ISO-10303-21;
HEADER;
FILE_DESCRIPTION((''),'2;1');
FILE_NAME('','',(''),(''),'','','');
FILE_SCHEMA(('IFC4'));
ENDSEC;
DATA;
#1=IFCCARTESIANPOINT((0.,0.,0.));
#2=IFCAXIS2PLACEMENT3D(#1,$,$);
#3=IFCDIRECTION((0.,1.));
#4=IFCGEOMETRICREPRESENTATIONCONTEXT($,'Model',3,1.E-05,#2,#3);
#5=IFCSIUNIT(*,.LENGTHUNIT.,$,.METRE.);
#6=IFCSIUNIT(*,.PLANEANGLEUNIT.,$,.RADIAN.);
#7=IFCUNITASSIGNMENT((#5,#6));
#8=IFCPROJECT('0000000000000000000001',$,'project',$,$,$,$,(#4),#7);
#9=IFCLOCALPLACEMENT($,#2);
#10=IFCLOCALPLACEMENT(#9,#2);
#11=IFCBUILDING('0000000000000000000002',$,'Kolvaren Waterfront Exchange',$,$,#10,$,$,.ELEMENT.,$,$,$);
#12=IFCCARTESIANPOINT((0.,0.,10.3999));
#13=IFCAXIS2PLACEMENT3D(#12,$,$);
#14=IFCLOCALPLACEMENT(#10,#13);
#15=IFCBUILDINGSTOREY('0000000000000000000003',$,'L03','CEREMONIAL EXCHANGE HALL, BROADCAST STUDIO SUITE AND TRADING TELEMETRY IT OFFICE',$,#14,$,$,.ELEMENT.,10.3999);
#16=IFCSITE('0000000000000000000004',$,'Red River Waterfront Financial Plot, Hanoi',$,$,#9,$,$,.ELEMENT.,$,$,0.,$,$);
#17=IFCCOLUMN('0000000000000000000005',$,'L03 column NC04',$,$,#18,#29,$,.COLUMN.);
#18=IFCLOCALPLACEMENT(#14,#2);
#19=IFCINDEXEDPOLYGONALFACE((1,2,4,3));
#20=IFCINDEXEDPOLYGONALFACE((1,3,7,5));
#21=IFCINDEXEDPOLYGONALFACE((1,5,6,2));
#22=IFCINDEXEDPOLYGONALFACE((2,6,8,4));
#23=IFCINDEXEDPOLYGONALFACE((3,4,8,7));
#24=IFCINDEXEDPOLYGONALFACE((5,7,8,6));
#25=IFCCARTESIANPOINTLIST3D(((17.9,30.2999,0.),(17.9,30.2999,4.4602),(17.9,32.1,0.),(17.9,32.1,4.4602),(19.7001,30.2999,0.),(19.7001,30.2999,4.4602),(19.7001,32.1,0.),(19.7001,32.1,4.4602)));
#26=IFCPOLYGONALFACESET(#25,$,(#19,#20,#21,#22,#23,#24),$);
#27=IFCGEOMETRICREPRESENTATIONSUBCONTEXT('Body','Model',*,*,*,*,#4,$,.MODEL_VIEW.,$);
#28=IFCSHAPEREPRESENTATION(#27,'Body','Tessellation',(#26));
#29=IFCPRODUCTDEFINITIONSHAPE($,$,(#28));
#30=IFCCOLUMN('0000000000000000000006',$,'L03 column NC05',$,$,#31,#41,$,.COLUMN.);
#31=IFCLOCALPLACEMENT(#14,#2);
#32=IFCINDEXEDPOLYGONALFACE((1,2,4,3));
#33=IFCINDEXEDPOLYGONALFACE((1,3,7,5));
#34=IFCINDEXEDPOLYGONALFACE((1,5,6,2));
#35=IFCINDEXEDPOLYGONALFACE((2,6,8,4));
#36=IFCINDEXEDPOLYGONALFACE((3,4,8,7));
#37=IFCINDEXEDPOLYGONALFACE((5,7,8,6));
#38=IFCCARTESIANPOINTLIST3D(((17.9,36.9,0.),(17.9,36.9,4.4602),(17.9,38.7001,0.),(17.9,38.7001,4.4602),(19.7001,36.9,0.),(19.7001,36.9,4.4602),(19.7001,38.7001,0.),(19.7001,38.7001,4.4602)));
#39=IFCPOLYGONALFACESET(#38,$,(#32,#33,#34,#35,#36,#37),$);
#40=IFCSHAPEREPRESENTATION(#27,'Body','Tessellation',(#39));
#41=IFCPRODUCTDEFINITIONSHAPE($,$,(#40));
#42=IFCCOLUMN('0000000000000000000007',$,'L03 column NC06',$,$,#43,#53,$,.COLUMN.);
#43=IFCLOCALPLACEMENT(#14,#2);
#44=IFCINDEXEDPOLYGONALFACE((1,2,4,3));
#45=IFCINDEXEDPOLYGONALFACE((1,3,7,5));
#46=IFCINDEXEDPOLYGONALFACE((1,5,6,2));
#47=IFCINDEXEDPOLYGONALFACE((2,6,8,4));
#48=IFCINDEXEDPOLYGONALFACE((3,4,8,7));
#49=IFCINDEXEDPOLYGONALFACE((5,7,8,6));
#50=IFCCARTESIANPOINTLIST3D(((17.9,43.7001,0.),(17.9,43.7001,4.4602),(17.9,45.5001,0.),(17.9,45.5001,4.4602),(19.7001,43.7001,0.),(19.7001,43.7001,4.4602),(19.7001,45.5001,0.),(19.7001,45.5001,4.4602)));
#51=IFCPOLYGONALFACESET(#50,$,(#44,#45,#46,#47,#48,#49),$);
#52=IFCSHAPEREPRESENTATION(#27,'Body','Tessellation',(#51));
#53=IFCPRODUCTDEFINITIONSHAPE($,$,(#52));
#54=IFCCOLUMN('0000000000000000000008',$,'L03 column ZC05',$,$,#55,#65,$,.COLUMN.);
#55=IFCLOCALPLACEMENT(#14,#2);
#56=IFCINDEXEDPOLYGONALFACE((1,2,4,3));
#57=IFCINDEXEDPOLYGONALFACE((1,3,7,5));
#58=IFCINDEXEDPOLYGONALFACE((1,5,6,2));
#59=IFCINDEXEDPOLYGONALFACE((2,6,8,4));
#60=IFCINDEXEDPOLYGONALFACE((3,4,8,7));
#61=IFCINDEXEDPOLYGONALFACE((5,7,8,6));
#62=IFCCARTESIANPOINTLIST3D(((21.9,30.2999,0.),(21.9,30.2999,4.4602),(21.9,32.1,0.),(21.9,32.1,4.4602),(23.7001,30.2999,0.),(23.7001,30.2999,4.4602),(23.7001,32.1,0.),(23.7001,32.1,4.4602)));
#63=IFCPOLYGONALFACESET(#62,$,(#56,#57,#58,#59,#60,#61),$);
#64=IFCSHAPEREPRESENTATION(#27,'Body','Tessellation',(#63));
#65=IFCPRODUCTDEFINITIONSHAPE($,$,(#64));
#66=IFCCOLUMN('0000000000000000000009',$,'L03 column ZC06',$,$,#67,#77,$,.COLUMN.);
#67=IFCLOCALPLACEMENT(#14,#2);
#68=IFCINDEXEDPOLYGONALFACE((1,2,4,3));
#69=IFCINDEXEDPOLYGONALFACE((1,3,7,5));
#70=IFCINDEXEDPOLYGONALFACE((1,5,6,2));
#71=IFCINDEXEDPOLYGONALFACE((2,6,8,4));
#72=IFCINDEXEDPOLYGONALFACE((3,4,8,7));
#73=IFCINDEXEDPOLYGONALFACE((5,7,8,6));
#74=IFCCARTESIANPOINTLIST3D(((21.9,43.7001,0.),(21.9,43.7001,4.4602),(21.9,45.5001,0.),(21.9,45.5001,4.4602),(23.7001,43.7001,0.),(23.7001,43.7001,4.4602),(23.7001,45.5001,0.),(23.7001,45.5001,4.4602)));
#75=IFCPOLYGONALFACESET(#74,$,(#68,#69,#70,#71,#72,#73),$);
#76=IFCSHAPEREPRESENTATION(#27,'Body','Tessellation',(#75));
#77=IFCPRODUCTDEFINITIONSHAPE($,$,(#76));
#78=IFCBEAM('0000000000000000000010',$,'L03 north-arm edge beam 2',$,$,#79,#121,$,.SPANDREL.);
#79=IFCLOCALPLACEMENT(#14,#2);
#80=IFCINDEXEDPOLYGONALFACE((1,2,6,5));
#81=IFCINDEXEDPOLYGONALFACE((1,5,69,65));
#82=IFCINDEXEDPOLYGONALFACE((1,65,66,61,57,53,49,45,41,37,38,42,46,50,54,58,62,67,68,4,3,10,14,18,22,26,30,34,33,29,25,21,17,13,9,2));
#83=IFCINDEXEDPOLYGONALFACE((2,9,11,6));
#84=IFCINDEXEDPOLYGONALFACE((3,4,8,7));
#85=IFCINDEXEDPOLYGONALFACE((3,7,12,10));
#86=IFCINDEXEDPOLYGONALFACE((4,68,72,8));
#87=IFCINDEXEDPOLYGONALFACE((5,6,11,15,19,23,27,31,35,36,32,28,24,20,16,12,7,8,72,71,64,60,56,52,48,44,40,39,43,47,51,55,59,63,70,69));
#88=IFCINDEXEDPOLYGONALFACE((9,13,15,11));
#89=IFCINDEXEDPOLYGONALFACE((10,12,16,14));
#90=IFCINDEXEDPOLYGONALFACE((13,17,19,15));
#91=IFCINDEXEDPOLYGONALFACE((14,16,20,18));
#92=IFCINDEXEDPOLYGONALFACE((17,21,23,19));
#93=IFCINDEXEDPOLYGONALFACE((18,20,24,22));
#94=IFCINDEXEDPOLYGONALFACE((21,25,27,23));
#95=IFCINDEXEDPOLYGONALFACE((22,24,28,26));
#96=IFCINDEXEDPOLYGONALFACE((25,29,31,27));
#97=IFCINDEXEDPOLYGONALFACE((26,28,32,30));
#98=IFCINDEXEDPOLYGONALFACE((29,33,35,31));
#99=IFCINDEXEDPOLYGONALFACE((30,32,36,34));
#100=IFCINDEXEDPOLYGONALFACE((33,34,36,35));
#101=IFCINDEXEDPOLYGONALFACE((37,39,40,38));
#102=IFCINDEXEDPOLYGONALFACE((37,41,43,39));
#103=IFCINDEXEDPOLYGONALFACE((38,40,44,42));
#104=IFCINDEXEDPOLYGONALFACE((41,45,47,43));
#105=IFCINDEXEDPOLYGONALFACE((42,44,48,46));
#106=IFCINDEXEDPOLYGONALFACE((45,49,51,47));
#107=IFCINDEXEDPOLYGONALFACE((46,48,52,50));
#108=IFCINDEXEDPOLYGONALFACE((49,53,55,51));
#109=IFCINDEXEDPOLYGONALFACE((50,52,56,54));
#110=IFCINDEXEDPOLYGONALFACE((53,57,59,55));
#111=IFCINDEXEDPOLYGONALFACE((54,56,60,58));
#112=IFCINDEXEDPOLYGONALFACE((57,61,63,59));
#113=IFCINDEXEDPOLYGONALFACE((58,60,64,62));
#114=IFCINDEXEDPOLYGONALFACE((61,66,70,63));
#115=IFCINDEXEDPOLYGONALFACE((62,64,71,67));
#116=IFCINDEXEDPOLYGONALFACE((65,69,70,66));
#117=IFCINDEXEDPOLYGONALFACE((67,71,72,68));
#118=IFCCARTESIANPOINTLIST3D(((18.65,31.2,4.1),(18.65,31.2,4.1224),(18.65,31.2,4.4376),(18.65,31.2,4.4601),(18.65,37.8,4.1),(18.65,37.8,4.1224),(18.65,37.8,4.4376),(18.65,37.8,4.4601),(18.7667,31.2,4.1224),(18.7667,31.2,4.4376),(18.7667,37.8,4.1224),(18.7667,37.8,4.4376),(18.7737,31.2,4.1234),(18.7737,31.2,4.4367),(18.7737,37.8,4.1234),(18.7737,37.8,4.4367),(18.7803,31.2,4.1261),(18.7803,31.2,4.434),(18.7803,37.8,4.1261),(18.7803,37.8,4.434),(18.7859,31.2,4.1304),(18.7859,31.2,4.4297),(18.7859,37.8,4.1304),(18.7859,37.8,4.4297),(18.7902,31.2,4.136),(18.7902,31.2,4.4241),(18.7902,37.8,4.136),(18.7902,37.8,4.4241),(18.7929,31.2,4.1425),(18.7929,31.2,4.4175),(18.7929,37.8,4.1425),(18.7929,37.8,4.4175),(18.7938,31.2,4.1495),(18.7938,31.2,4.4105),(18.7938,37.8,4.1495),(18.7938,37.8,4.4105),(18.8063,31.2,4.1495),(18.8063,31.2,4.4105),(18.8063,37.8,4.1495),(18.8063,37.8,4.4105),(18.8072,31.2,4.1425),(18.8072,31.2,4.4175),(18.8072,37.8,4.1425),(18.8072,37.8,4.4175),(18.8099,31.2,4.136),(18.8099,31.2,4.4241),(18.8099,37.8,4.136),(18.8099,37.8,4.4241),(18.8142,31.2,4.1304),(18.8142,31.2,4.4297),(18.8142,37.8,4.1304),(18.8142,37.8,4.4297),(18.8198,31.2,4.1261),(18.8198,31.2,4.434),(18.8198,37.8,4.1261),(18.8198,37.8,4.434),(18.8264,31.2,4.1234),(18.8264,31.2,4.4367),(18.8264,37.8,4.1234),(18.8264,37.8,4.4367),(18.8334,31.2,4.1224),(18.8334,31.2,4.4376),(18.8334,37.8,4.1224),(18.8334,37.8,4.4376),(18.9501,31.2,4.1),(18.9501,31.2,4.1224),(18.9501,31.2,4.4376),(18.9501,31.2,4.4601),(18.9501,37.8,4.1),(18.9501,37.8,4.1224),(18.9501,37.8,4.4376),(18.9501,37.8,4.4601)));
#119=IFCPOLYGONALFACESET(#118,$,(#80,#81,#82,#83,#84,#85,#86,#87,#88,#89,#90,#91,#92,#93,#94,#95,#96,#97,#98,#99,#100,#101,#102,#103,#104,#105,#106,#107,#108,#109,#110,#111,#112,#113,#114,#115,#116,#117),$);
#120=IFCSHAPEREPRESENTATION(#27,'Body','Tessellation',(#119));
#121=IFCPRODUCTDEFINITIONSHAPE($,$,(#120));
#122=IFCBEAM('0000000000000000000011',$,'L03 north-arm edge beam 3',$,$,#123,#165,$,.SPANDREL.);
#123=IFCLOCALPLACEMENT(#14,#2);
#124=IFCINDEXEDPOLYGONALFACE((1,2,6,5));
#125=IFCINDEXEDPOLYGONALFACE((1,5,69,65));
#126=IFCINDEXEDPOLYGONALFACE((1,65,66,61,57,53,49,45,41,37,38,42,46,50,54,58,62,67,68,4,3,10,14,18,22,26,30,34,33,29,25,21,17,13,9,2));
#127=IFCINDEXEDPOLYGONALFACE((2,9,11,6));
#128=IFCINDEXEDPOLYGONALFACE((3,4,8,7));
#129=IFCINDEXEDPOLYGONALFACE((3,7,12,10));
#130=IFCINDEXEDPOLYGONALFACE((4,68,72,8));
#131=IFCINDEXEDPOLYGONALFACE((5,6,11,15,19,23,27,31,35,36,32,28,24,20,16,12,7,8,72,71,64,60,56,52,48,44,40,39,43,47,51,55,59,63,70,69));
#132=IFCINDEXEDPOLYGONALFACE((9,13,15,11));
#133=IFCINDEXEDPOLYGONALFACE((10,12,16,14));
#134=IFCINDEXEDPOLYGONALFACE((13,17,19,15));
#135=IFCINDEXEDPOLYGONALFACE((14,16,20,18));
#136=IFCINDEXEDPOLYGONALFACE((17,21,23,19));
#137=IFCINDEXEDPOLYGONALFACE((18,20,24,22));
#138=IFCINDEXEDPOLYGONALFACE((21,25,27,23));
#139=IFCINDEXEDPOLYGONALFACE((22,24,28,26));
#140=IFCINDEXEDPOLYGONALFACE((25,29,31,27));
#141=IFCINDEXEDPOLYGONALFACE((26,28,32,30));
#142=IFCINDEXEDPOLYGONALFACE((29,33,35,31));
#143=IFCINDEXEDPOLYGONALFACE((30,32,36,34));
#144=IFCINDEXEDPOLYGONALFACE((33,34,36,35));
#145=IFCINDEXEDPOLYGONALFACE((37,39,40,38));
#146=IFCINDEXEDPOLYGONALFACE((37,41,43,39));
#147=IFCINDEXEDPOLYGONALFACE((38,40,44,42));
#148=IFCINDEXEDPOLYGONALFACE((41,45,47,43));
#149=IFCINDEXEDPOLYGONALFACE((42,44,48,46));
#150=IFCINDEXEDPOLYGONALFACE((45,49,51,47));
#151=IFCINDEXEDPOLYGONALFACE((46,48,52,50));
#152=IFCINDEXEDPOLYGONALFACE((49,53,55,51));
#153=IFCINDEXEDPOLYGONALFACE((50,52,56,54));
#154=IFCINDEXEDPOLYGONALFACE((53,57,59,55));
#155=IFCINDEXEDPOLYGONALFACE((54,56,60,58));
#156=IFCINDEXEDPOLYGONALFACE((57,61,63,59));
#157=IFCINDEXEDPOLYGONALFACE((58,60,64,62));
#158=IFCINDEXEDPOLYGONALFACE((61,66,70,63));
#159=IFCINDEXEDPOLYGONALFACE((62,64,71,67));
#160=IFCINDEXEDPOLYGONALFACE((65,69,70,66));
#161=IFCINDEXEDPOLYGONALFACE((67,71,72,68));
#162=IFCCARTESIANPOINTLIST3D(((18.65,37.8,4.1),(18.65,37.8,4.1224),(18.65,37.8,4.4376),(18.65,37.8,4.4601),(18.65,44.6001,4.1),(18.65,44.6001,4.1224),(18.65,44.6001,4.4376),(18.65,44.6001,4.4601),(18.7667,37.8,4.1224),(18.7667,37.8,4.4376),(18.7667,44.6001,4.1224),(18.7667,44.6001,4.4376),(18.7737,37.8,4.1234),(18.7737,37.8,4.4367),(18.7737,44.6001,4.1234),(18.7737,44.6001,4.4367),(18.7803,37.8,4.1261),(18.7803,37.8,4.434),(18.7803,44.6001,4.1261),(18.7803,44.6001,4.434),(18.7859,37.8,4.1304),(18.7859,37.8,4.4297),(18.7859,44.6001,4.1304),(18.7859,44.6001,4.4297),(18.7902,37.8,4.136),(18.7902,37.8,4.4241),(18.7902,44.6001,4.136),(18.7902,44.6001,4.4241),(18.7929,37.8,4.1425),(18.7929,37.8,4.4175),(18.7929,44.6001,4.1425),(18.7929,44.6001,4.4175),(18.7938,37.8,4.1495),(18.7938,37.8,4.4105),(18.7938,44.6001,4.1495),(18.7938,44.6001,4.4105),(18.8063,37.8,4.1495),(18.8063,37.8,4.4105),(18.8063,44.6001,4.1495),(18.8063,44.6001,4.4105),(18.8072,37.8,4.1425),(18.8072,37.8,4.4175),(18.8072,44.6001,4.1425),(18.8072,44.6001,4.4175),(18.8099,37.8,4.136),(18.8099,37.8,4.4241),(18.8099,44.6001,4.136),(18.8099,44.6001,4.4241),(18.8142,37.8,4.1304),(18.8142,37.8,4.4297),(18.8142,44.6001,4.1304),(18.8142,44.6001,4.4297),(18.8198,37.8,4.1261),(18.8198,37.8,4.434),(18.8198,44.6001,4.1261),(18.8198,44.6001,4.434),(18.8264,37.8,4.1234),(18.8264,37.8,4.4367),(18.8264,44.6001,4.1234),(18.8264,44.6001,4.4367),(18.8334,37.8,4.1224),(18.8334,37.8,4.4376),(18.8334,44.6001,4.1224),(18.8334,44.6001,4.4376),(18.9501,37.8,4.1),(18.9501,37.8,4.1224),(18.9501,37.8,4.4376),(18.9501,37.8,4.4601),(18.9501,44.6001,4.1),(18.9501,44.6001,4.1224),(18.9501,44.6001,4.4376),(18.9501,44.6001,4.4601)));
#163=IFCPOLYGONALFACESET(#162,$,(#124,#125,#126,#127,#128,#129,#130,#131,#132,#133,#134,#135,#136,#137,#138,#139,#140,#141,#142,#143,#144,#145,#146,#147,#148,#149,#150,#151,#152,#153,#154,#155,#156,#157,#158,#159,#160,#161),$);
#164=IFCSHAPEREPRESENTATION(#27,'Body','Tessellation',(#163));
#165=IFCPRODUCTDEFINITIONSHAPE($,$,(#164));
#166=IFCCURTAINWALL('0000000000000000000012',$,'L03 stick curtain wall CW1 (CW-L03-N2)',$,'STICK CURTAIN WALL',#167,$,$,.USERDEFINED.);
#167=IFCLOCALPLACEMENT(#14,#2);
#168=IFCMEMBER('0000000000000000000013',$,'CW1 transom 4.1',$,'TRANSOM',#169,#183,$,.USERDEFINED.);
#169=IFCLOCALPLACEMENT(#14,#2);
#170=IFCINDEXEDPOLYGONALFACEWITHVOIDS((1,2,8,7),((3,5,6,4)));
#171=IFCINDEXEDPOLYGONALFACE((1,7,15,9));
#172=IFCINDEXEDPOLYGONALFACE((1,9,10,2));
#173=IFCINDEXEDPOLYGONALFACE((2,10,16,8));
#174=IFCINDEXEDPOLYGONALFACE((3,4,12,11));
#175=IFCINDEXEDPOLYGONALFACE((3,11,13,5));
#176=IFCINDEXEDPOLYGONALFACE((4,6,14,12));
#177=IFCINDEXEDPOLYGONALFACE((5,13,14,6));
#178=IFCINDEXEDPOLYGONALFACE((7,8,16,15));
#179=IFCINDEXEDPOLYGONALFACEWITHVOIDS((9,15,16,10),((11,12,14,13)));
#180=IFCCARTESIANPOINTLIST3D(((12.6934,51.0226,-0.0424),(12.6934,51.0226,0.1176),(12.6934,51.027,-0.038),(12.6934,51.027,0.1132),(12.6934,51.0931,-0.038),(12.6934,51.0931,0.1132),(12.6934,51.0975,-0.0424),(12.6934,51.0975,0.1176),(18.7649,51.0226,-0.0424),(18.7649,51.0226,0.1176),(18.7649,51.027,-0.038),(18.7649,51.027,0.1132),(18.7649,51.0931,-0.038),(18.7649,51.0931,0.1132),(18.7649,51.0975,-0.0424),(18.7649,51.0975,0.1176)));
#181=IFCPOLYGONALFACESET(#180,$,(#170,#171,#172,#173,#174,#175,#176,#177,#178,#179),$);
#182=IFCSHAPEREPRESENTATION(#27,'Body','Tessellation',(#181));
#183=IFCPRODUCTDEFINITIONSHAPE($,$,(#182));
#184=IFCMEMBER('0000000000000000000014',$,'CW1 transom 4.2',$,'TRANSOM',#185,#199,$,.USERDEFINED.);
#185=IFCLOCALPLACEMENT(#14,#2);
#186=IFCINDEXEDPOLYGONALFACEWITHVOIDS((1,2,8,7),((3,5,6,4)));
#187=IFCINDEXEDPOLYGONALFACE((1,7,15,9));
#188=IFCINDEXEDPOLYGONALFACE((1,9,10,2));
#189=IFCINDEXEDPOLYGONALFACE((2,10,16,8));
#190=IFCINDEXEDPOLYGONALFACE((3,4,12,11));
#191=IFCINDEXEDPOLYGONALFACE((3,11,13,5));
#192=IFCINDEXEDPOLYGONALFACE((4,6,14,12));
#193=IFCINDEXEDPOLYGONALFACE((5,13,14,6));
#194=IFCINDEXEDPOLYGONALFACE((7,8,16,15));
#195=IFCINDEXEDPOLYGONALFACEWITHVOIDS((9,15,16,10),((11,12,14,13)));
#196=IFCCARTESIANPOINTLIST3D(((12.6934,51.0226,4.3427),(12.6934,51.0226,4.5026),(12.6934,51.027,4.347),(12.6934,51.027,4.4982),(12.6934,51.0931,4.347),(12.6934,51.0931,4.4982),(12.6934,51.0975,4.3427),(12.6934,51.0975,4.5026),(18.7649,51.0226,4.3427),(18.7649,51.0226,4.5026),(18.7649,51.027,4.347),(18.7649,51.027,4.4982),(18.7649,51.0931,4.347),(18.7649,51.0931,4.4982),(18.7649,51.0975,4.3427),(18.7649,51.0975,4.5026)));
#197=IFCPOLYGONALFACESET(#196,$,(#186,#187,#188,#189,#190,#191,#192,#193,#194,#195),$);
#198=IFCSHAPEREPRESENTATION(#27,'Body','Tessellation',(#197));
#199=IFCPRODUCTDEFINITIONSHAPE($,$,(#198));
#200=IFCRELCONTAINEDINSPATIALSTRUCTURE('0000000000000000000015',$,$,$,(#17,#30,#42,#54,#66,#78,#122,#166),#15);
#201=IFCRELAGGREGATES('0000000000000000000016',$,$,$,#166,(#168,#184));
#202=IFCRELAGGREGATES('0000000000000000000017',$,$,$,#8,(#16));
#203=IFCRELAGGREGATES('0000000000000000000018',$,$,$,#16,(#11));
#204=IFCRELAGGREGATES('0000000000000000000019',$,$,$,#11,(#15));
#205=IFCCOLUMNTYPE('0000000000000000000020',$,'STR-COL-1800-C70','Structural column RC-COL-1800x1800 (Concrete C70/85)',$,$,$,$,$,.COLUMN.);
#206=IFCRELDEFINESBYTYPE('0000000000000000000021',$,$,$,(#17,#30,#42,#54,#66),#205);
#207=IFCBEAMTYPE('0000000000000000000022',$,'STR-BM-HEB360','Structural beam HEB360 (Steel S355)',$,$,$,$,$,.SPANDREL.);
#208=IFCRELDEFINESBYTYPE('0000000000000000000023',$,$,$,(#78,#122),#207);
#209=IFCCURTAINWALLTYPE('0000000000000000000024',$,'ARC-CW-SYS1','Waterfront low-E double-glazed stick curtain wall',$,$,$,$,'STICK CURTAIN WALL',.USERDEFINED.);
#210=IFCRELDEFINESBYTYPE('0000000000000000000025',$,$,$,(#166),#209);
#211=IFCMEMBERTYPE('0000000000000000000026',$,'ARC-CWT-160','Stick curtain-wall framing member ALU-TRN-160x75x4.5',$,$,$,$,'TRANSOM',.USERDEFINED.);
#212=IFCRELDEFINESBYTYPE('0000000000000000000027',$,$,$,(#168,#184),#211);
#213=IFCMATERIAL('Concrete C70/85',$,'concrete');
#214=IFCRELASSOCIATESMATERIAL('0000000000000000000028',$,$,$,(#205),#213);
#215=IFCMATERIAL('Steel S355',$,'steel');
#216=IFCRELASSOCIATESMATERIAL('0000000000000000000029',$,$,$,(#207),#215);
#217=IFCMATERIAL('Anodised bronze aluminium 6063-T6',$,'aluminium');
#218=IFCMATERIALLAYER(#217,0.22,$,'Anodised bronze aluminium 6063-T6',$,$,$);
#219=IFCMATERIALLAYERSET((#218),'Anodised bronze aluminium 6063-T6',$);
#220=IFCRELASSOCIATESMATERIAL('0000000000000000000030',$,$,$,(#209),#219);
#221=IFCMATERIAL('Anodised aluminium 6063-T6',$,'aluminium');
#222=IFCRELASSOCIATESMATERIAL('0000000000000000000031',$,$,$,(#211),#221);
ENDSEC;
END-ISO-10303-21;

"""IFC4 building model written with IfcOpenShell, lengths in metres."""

from ifc_helpers import new_model, si_unit, direction, frame, origin, origin_with_axes, origin_2d, place, context, subcontext, project, spatial, rectangle, hollow_rectangle, i_section, extrude, source, transform, mapped, material, layer, layer_set, material_profile, profile_set, type_object, element, aggregate, save


model = new_model("IFC4")

# Units and contexts
model_context = context("Model", 3, precision=1e-05, world=origin(), true_north=direction((0.0, 1.0)))
body_context = subcontext(model_context, "Body", "Model", "MODEL_VIEW")
ifc_project = project(units=[si_unit("LENGTHUNIT", "METRE"), si_unit("PLANEANGLEUNIT", "RADIAN")], contexts=[model_context])

# Site, building, storey
site_placement = place(None, origin())
site = spatial("IfcSite", under=ifc_project, at=site_placement, Name="Red River Waterfront Financial Plot, Hanoi", CompositionType="ELEMENT", RefElevation=0.0)
building_placement = place(site_placement, origin())
building = spatial("IfcBuilding", under=site, at=building_placement, Name="Kolvaren Waterfront Exchange", CompositionType="ELEMENT")
storey_placement = place(building_placement, frame((0.0, 0.0, 10.3999)))
storey = spatial("IfcBuildingStorey", under=building, at=storey_placement, Name="L03", Description="CEREMONIAL EXCHANGE HALL, BROADCAST STUDIO SUITE AND TRADING TELEMETRY IT OFFICE", CompositionType="ELEMENT", Elevation=10.3999)

# Columns
ifc_material_1 = material(Name="Concrete C70/85", Category="concrete")
ifc_material_profile_1 = material_profile(ifc_material_1, rectangle(XDim=1.8, YDim=1.8, at=origin_2d()), Name="RC-COL-1800x1800")
ifc_profile_set_1 = profile_set([ifc_material_profile_1], Name="Concrete C70/85")
column_type = type_object("IfcColumnType", Name="STR-COL-1800-C70", Description="Structural column RC-COL-1800x1800 (Concrete C70/85)", PredefinedType="COLUMN", material=ifc_profile_set_1)
for number, where, z_axis, x_axis, name in (
    (1, (18.8, 31.2, 0.0), (0.0, 0.0, 1.0), (1.0, 0.0, 0.0), "L03 column NC04"),
    (2, (18.8, 37.8, 0.0), (0.0, 0.0, 1.0), (1.0, 0.0, 0.0), "L03 column NC05"),
    (3, (18.8, 44.6001, 0.0), (0.0, 0.0, 1.0), (1.0, 0.0, 0.0), "L03 column NC06"),
    (4, (22.8, 31.2, 0.0), (0.0, 0.0, 1.0), (1.0, 0.0, 0.0), "L03 column ZC05"),
    (5, (22.8, 44.6001, 0.0), (0.0, 0.0, 1.0), (1.0, 0.0, 0.0), "L03 column ZC06"),
):
    element("IfcColumn", number, at=place(storey_placement, frame(where, z_axis=z_axis, x_axis=x_axis)), inside=storey, type_object=column_type, Name=name, PredefinedType="COLUMN", context=body_context, shape_type="SweptSolid", body=[
        extrude(rectangle(XDim=1.8, YDim=1.8, at=origin_2d()), origin(), (0.0, 0.0, 1.0), 4.4602),
    ])

# Beams
ifc_material_2 = material(Name="Steel S355", Category="steel")
ifc_material_profile_2 = material_profile(ifc_material_2, i_section(OverallWidth=0.3, OverallDepth=0.3601, WebThickness=0.0125, FlangeThickness=0.0225, FilletRadius=0.0271, at=origin_2d()), Name="HEB360")
ifc_profile_set_2 = profile_set([ifc_material_profile_2], Name="Steel S355")
beam_type = type_object("IfcBeamType", Name="STR-BM-HEB360", Description="Structural beam HEB360 (Steel S355)", PredefinedType="SPANDREL", material=ifc_profile_set_2)
beam_1_placement = place(storey_placement, frame((18.8, 31.2, 4.28), z_axis=(0.0, 1.0, 0.0), x_axis=(-1.0, 0.0, 0.0)))
element("IfcBeam", 6, at=beam_1_placement, inside=storey, type_object=beam_type, Name="L03 north-arm edge beam 2", PredefinedType="SPANDREL", context=body_context, shape_type="SweptSolid", body=[
    extrude(i_section(OverallWidth=0.3, OverallDepth=0.3601, WebThickness=0.0125, FlangeThickness=0.0225, FilletRadius=0.0271, at=origin_2d()), origin(), (0.0, 0.0, 1.0), 6.6001),
])
beam_2_placement = place(storey_placement, frame((18.8, 37.8, 4.28), z_axis=(0.0, 1.0, 0.0), x_axis=(-1.0, 0.0, 0.0)))
element("IfcBeam", 7, at=beam_2_placement, inside=storey, type_object=beam_type, Name="L03 north-arm edge beam 3", PredefinedType="SPANDREL", context=body_context, shape_type="SweptSolid", body=[
    extrude(i_section(OverallWidth=0.3, OverallDepth=0.3601, WebThickness=0.0125, FlangeThickness=0.0225, FilletRadius=0.0271, at=origin_2d()), origin(), (0.0, 0.0, 1.0), 6.8),
])

# Curtain wall, members
ifc_material_3 = material(Name="Anodised bronze aluminium 6063-T6", Category="aluminium")
ifc_layer_1 = layer(ifc_material_3, 0.22, Name="Anodised bronze aluminium 6063-T6")
ifc_layer_set_1 = layer_set([ifc_layer_1], Name="Anodised bronze aluminium 6063-T6")
curtain_wall_type = type_object("IfcCurtainWallType", Name="ARC-CW-SYS1", Description="Waterfront low-E double-glazed stick curtain wall", ElementType="STICK CURTAIN WALL", PredefinedType="USERDEFINED", material=ifc_layer_set_1)
curtain_wall_placement = place(storey_placement, origin())
curtain_wall = element("IfcCurtainWall", 8, at=curtain_wall_placement, inside=storey, type_object=curtain_wall_type, Name="L03 stick curtain wall CW1 (CW-L03-N2)", ObjectType="STICK CURTAIN WALL", PredefinedType="USERDEFINED")
ifc_material_4 = material(Name="Anodised aluminium 6063-T6", Category="aluminium")
ifc_material_profile_3 = material_profile(ifc_material_4, hollow_rectangle(XDim=0.075, YDim=0.1599, WallThickness=0.0044, at=origin_2d()), Name="ALU-TRN-160x75x4.5")
ifc_profile_set_3 = profile_set([ifc_material_profile_3], Name="Anodised aluminium 6063-T6")
member_type_1 = type_object("IfcMemberType", Name="ARC-CWT-160", Description="Stick curtain-wall framing member ALU-TRN-160x75x4.5", ElementType="TRANSOM", PredefinedType="USERDEFINED", material=ifc_profile_set_3)
shared_shape_1 = source(origin_with_axes(), body_context, "Body", "SweptSolid", [
    extrude(hollow_rectangle(XDim=0.075, YDim=0.1599, WallThickness=0.0044, at=origin_2d()), origin(), (0.0, 0.0, 1.0), 6.0715),
])
member_1_placement = place(storey_placement, frame((18.7649, 51.0601, 0.0376), z_axis=(-1.0, 0.0, 0.0), x_axis=(0.0, -1.0, 0.0)))
member_1 = element("IfcMember", 9, at=member_1_placement, type_object=member_type_1, Name="CW1 transom 4.1", ObjectType="TRANSOM", PredefinedType="USERDEFINED", context=body_context, shape_type="MappedRepresentation", body=[
    mapped(shared_shape_1, transform((0.0, 0.0, 0.0), x_axis=(1.0, 0.0, 0.0), y_axis=(0.0, 1.0, 0.0), z_axis=(0.0, 0.0, 1.0), scale=1.0)),
])
member_2_placement = place(storey_placement, frame((18.7649, 51.0601, 4.4226), z_axis=(-1.0, 0.0, 0.0), x_axis=(0.0, -1.0, 0.0)))
member_2 = element("IfcMember", 10, at=member_2_placement, type_object=member_type_1, Name="CW1 transom 4.2", ObjectType="TRANSOM", PredefinedType="USERDEFINED", context=body_context, shape_type="MappedRepresentation", body=[
    mapped(shared_shape_1, transform((0.0, 0.0, 0.0), x_axis=(1.0, 0.0, 0.0), y_axis=(0.0, 1.0, 0.0), z_axis=(0.0, 0.0, 1.0), scale=1.0)),
])
aggregate(curtain_wall, [member_1, member_2])

save(model, "model.ifc")
